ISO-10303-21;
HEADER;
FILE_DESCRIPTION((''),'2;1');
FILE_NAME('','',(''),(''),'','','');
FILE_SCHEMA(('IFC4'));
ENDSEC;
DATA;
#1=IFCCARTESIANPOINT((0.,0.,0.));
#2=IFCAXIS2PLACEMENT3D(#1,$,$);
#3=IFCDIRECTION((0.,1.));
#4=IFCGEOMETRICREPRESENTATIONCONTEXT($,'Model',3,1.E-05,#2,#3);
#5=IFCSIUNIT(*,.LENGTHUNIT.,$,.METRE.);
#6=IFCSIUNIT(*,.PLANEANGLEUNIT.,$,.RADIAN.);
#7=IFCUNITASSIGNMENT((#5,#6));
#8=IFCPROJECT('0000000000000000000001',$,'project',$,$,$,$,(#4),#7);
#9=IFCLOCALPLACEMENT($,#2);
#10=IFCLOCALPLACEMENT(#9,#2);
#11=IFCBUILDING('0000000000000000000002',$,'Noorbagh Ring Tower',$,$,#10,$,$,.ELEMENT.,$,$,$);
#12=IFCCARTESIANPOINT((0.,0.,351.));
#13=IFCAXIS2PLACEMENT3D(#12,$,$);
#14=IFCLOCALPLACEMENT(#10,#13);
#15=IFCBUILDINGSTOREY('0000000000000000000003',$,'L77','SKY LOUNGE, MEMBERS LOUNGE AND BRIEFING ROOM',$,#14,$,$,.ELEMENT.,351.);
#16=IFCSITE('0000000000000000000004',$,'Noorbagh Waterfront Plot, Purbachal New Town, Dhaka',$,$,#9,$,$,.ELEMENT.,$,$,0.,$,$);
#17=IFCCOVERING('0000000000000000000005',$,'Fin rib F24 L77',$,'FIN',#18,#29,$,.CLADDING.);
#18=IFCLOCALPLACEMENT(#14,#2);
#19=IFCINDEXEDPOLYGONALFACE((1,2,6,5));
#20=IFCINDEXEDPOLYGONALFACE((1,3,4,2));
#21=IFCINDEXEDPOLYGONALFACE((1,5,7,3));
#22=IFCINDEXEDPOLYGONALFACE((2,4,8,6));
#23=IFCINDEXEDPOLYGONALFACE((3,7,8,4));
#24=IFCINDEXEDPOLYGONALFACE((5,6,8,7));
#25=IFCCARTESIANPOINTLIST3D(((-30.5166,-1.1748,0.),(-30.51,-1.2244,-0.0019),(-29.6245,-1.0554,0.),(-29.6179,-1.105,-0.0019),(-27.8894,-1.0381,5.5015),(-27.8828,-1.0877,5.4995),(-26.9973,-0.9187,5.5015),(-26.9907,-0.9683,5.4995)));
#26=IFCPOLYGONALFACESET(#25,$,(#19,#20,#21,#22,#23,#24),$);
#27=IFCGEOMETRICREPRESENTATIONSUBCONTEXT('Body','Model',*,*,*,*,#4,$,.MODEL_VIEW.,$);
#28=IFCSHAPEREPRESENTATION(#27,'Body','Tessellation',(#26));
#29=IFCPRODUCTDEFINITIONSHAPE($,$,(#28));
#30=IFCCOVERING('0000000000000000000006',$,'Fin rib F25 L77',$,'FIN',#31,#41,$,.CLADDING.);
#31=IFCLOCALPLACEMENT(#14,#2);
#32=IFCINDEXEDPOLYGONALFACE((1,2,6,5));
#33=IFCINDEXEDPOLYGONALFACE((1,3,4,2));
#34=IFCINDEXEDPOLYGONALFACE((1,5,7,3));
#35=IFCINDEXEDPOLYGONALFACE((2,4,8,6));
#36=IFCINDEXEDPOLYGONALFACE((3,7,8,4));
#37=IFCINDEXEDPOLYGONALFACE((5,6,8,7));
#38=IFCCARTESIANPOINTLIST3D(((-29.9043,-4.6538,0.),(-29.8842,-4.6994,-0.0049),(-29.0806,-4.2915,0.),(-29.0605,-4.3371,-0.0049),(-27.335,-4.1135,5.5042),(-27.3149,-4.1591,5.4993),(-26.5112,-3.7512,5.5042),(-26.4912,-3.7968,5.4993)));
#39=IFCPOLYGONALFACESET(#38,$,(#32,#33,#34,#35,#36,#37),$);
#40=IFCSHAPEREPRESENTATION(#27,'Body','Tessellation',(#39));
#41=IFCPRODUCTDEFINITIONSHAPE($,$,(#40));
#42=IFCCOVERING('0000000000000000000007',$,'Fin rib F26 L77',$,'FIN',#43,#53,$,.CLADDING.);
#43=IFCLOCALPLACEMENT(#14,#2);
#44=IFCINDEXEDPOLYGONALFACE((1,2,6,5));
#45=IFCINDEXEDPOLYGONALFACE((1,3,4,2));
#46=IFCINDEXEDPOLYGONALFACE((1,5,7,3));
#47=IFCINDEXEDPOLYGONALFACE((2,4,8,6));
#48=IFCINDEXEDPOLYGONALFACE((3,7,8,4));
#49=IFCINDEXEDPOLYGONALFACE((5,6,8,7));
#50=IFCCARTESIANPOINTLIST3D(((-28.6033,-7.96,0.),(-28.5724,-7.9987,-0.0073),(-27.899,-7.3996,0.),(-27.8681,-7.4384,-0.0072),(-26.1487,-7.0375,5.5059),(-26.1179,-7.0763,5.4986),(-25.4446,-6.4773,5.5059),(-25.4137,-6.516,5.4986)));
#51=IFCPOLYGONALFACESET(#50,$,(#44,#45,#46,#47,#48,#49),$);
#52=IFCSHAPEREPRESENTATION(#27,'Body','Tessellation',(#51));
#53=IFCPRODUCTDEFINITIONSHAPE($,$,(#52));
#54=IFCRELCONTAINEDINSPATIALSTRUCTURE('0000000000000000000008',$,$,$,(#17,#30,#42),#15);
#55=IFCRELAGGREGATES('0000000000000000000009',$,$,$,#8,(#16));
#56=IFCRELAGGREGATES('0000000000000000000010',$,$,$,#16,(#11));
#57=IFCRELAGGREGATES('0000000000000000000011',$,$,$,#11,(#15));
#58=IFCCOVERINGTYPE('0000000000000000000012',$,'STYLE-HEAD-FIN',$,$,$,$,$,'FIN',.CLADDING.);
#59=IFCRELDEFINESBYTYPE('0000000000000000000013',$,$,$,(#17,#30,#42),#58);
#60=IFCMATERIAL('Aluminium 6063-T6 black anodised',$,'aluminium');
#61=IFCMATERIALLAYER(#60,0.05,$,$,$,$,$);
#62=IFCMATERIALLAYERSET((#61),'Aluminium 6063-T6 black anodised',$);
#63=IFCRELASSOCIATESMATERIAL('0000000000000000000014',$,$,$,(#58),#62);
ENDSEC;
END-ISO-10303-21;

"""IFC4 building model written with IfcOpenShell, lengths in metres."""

from ifc_helpers import new_model, si_unit, direction, frame, origin, place, context, subcontext, project, spatial, polyline, outline, extrude, material, layer, layer_set, type_object, element, save


model = new_model("IFC4")

# Units and contexts
model_context = context("Model", 3, precision=1e-05, world=origin(), true_north=direction((0.0, 1.0)))
body_context = subcontext(model_context, "Body", "Model", "MODEL_VIEW")
ifc_project = project(units=[si_unit("LENGTHUNIT", "METRE"), si_unit("PLANEANGLEUNIT", "RADIAN")], contexts=[model_context])

# Site, building, storey
site_placement = place(None, origin())
site = spatial("IfcSite", under=ifc_project, at=site_placement, Name="Noorbagh Waterfront Plot, Purbachal New Town, Dhaka", CompositionType="ELEMENT", RefElevation=0.0)
building_placement = place(site_placement, origin())
building = spatial("IfcBuilding", under=site, at=building_placement, Name="Noorbagh Ring Tower", CompositionType="ELEMENT")
storey_placement = place(building_placement, frame((0.0, 0.0, 351.0)))
storey = spatial("IfcBuildingStorey", under=building, at=storey_placement, Name="L77", Description="SKY LOUNGE, MEMBERS LOUNGE AND BRIEFING ROOM", CompositionType="ELEMENT", Elevation=351.0)

# Coverings
ifc_material_1 = material(Name="Aluminium 6063-T6 black anodised", Category="aluminium")
ifc_layer_1 = layer(ifc_material_1, 0.05)
ifc_layer_set_1 = layer_set([ifc_layer_1], Name="Aluminium 6063-T6 black anodised")
covering_type_1 = type_object("IfcCoveringType", Name="STYLE-HEAD-FIN", ElementType="FIN", PredefinedType="CLADDING", material=ifc_layer_set_1)
covering_1_placement = place(storey_placement, frame((-30.5166, -1.1748, 0.0), z_axis=(-0.132544, 0.990422, 0.038682), x_axis=(0.430821, 0.02242, 0.902159)))
element("IfcCovering", 1, at=covering_1_placement, inside=storey, type_object=covering_type_1, Name="Fin rib F24 L77", ObjectType="FIN", PredefinedType="CLADDING", context=body_context, shape_type="SweptSolid", body=[
    extrude(outline(polyline([(0.0, 0.0), (6.0981, 0.0), (6.4851, 0.8126), (0.387, 0.8126), (0.0, 0.0)])), origin(), (0.0, 0.0, -1.0), 0.05),
])
covering_2_placement = place(storey_placement, frame((-29.9043, -4.6538, 0.0), z_axis=(-0.400688, 0.910999, 0.097618), x_axis=(0.421321, 0.088596, 0.902574)))
element("IfcCovering", 2, at=covering_2_placement, inside=storey, type_object=covering_type_1, Name="Fin rib F25 L77", ObjectType="FIN", PredefinedType="CLADDING", context=body_context, shape_type="SweptSolid", body=[
    extrude(outline(polyline([(0.0, 0.0), (6.0983, 0.0), (6.4774, 0.8161), (0.3792, 0.8161), (0.0, 0.0)])), origin(), (0.0, 0.0, -1.0), 0.05),
])
covering_3_placement = place(storey_placement, frame((-28.6033, -7.96, 0.0), z_axis=(-0.616036, 0.774273, 0.144915), x_axis=(0.402491, 0.151257, 0.902841)))
element("IfcCovering", 3, at=covering_3_placement, inside=storey, type_object=covering_type_1, Name="Fin rib F26 L77", ObjectType="FIN", PredefinedType="CLADDING", context=body_context, shape_type="SweptSolid", body=[
    extrude(outline(polyline([(0.0, 0.0), (6.0984, 0.0), (6.4665, 0.8211), (0.3682, 0.8212), (0.0, 0.0)])), origin(), (0.0, 0.0, -1.0), 0.05),
])

save(model, "model.ifc")
